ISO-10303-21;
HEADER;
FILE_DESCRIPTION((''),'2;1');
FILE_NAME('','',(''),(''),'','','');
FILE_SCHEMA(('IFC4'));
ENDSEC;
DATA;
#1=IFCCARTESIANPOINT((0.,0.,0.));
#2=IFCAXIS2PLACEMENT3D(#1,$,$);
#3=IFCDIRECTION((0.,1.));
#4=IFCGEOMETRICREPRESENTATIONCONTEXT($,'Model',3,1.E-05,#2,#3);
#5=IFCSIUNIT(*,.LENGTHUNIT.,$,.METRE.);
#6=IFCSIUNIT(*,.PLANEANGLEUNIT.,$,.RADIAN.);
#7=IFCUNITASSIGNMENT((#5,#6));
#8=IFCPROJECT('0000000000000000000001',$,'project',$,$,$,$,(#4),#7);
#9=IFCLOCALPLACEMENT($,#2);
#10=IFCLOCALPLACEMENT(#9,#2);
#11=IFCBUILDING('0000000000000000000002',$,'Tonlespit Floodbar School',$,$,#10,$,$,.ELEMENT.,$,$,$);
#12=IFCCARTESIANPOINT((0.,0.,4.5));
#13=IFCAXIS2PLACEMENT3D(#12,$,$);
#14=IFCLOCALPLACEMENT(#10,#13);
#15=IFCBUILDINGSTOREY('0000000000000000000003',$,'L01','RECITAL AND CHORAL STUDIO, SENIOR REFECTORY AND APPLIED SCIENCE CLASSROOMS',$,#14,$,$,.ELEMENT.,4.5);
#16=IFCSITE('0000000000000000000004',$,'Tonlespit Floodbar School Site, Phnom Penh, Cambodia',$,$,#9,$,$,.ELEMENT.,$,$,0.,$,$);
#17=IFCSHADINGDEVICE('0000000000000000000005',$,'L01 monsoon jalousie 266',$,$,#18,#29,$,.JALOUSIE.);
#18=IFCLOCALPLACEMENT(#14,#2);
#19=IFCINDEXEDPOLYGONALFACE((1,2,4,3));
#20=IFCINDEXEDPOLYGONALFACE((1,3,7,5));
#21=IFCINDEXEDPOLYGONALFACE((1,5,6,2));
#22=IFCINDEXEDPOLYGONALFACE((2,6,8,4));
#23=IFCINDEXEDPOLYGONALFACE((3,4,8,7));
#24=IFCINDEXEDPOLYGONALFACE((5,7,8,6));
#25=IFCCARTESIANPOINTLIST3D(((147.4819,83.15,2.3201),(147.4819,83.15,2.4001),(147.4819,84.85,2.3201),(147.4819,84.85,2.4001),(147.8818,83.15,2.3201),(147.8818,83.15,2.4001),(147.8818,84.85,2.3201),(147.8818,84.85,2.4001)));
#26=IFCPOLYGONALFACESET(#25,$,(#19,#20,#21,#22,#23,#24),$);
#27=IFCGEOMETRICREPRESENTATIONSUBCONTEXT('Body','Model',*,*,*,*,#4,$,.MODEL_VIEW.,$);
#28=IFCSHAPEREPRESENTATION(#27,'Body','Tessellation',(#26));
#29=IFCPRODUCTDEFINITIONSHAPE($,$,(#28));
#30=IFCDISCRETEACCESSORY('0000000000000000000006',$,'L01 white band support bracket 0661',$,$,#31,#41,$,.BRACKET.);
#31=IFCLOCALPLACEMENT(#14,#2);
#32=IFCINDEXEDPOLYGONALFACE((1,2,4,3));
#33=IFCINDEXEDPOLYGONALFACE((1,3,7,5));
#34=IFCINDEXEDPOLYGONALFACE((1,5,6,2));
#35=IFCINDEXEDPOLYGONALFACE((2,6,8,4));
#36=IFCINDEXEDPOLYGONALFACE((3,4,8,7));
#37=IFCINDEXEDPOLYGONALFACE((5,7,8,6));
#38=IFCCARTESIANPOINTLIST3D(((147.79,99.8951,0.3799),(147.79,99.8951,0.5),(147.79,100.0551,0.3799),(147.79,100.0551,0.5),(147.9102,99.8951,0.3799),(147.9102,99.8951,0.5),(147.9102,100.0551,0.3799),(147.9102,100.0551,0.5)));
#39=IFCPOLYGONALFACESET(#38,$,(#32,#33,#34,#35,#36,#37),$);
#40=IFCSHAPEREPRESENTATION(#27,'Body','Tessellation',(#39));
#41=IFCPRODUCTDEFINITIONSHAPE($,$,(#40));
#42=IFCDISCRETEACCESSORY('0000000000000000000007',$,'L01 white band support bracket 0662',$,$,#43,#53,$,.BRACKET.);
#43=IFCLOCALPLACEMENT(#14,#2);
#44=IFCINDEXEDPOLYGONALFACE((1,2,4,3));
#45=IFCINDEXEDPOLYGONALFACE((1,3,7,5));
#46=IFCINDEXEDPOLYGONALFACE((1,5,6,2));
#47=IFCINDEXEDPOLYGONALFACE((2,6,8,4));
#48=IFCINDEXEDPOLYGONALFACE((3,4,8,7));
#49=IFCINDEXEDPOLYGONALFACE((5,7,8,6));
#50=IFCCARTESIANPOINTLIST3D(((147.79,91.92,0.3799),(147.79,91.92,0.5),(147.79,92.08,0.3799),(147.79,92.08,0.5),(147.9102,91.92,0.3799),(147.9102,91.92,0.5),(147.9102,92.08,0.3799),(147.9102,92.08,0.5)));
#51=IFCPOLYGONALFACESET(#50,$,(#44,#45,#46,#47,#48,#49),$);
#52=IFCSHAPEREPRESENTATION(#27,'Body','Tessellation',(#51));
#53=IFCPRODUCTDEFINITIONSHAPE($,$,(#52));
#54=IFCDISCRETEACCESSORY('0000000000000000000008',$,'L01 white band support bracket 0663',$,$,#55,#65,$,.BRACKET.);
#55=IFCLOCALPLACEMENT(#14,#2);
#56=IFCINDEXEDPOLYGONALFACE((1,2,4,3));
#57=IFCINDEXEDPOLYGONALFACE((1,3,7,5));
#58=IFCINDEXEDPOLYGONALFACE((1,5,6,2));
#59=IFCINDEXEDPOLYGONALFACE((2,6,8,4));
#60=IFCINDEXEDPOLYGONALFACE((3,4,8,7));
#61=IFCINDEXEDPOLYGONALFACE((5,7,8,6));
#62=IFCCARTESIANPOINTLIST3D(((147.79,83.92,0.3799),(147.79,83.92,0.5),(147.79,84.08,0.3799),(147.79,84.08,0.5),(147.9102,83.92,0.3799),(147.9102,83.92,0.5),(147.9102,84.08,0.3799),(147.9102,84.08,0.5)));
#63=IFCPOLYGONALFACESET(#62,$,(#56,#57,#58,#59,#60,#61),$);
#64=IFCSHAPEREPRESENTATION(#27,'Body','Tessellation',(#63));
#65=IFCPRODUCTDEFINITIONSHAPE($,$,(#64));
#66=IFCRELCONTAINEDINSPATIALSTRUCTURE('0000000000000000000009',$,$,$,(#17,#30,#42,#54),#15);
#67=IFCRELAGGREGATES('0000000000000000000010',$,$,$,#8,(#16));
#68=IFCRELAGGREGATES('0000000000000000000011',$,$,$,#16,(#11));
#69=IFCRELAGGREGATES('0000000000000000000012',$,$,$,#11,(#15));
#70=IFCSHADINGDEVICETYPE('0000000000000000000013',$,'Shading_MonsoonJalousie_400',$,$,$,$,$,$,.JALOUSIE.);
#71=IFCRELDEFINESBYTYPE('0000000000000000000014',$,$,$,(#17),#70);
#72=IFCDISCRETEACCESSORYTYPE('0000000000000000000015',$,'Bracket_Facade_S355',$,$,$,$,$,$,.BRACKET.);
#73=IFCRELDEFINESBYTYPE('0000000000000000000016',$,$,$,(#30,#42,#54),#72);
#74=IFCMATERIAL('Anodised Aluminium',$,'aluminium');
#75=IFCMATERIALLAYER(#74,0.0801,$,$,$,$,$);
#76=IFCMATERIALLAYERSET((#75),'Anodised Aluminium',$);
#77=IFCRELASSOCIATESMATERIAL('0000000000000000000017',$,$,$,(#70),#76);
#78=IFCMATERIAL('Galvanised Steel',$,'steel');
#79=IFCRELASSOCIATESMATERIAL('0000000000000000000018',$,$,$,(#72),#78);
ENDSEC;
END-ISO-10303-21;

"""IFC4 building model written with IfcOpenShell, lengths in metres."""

from ifc_helpers import new_model, si_unit, direction, frame, origin, origin_2d, place, context, subcontext, project, spatial, rectangle, extrude, material, layer, layer_set, type_object, element, save


model = new_model("IFC4")

# Units and contexts
model_context = context("Model", 3, precision=1e-05, world=origin(), true_north=direction((0.0, 1.0)))
body_context = subcontext(model_context, "Body", "Model", "MODEL_VIEW")
ifc_project = project(units=[si_unit("LENGTHUNIT", "METRE"), si_unit("PLANEANGLEUNIT", "RADIAN")], contexts=[model_context])

# Site, building, storey
site_placement = place(None, origin())
site = spatial("IfcSite", under=ifc_project, at=site_placement, Name="Tonlespit Floodbar School Site, Phnom Penh, Cambodia", CompositionType="ELEMENT", RefElevation=0.0)
building_placement = place(site_placement, origin())
building = spatial("IfcBuilding", under=site, at=building_placement, Name="Tonlespit Floodbar School", CompositionType="ELEMENT")
storey_placement = place(building_placement, frame((0.0, 0.0, 4.5)))
storey = spatial("IfcBuildingStorey", under=building, at=storey_placement, Name="L01", Description="RECITAL AND CHORAL STUDIO, SENIOR REFECTORY AND APPLIED SCIENCE CLASSROOMS", CompositionType="ELEMENT", Elevation=4.5)

# Shared definitions
ifc_material_1 = material(Name="Anodised Aluminium", Category="aluminium")

# Shared definitions
ifc_material_2 = material(Name="Galvanised Steel", Category="steel")

# Shading device
ifc_layer_1 = layer(ifc_material_1, 0.0801)
ifc_layer_set_1 = layer_set([ifc_layer_1], Name="Anodised Aluminium")
shading_device_type = type_object("IfcShadingDeviceType", Name="Shading_MonsoonJalousie_400", PredefinedType="JALOUSIE", material=ifc_layer_set_1)
shading_device_placement = place(storey_placement, frame((147.6819, 84.0, 2.3201), z_axis=(0.0, 0.0, 1.0), x_axis=(0.0, 1.0, 0.0)))
element("IfcShadingDevice", 1, at=shading_device_placement, inside=storey, type_object=shading_device_type, Name="L01 monsoon jalousie 266", PredefinedType="JALOUSIE", context=body_context, shape_type="SweptSolid", body=[
    extrude(rectangle(XDim=1.7, YDim=0.3999, at=origin_2d()), origin(), (0.0, 0.0, 1.0), 0.0801),
])

# Discrete accessories
discrete_accessory_type = type_object("IfcDiscreteAccessoryType", Name="Bracket_Facade_S355", PredefinedType="BRACKET", material=ifc_material_2)
for number, where, z_axis, x_axis, name in (
    (2, (147.8501, 99.9751, 0.3799), (0.0, 0.0, 1.0), (0.0, 1.0, 0.0), "L01 white band support bracket 0661"),
    (3, (147.8501, 92.0, 0.3799), (0.0, 0.0, 1.0), (0.0, 1.0, 0.0), "L01 white band support bracket 0662"),
    (4, (147.8501, 84.0, 0.3799), (0.0, 0.0, 1.0), (0.0, 1.0, 0.0), "L01 white band support bracket 0663"),
):
    element("IfcDiscreteAccessory", number, at=place(storey_placement, frame(where, z_axis=z_axis, x_axis=x_axis)), inside=storey, type_object=discrete_accessory_type, Name=name, PredefinedType="BRACKET", context=body_context, shape_type="SweptSolid", body=[
        extrude(rectangle(XDim=0.1599, YDim=0.1201, at=origin_2d()), origin(), (0.0, 0.0, 1.0), 0.1201),
    ])

save(model, "model.ifc")
